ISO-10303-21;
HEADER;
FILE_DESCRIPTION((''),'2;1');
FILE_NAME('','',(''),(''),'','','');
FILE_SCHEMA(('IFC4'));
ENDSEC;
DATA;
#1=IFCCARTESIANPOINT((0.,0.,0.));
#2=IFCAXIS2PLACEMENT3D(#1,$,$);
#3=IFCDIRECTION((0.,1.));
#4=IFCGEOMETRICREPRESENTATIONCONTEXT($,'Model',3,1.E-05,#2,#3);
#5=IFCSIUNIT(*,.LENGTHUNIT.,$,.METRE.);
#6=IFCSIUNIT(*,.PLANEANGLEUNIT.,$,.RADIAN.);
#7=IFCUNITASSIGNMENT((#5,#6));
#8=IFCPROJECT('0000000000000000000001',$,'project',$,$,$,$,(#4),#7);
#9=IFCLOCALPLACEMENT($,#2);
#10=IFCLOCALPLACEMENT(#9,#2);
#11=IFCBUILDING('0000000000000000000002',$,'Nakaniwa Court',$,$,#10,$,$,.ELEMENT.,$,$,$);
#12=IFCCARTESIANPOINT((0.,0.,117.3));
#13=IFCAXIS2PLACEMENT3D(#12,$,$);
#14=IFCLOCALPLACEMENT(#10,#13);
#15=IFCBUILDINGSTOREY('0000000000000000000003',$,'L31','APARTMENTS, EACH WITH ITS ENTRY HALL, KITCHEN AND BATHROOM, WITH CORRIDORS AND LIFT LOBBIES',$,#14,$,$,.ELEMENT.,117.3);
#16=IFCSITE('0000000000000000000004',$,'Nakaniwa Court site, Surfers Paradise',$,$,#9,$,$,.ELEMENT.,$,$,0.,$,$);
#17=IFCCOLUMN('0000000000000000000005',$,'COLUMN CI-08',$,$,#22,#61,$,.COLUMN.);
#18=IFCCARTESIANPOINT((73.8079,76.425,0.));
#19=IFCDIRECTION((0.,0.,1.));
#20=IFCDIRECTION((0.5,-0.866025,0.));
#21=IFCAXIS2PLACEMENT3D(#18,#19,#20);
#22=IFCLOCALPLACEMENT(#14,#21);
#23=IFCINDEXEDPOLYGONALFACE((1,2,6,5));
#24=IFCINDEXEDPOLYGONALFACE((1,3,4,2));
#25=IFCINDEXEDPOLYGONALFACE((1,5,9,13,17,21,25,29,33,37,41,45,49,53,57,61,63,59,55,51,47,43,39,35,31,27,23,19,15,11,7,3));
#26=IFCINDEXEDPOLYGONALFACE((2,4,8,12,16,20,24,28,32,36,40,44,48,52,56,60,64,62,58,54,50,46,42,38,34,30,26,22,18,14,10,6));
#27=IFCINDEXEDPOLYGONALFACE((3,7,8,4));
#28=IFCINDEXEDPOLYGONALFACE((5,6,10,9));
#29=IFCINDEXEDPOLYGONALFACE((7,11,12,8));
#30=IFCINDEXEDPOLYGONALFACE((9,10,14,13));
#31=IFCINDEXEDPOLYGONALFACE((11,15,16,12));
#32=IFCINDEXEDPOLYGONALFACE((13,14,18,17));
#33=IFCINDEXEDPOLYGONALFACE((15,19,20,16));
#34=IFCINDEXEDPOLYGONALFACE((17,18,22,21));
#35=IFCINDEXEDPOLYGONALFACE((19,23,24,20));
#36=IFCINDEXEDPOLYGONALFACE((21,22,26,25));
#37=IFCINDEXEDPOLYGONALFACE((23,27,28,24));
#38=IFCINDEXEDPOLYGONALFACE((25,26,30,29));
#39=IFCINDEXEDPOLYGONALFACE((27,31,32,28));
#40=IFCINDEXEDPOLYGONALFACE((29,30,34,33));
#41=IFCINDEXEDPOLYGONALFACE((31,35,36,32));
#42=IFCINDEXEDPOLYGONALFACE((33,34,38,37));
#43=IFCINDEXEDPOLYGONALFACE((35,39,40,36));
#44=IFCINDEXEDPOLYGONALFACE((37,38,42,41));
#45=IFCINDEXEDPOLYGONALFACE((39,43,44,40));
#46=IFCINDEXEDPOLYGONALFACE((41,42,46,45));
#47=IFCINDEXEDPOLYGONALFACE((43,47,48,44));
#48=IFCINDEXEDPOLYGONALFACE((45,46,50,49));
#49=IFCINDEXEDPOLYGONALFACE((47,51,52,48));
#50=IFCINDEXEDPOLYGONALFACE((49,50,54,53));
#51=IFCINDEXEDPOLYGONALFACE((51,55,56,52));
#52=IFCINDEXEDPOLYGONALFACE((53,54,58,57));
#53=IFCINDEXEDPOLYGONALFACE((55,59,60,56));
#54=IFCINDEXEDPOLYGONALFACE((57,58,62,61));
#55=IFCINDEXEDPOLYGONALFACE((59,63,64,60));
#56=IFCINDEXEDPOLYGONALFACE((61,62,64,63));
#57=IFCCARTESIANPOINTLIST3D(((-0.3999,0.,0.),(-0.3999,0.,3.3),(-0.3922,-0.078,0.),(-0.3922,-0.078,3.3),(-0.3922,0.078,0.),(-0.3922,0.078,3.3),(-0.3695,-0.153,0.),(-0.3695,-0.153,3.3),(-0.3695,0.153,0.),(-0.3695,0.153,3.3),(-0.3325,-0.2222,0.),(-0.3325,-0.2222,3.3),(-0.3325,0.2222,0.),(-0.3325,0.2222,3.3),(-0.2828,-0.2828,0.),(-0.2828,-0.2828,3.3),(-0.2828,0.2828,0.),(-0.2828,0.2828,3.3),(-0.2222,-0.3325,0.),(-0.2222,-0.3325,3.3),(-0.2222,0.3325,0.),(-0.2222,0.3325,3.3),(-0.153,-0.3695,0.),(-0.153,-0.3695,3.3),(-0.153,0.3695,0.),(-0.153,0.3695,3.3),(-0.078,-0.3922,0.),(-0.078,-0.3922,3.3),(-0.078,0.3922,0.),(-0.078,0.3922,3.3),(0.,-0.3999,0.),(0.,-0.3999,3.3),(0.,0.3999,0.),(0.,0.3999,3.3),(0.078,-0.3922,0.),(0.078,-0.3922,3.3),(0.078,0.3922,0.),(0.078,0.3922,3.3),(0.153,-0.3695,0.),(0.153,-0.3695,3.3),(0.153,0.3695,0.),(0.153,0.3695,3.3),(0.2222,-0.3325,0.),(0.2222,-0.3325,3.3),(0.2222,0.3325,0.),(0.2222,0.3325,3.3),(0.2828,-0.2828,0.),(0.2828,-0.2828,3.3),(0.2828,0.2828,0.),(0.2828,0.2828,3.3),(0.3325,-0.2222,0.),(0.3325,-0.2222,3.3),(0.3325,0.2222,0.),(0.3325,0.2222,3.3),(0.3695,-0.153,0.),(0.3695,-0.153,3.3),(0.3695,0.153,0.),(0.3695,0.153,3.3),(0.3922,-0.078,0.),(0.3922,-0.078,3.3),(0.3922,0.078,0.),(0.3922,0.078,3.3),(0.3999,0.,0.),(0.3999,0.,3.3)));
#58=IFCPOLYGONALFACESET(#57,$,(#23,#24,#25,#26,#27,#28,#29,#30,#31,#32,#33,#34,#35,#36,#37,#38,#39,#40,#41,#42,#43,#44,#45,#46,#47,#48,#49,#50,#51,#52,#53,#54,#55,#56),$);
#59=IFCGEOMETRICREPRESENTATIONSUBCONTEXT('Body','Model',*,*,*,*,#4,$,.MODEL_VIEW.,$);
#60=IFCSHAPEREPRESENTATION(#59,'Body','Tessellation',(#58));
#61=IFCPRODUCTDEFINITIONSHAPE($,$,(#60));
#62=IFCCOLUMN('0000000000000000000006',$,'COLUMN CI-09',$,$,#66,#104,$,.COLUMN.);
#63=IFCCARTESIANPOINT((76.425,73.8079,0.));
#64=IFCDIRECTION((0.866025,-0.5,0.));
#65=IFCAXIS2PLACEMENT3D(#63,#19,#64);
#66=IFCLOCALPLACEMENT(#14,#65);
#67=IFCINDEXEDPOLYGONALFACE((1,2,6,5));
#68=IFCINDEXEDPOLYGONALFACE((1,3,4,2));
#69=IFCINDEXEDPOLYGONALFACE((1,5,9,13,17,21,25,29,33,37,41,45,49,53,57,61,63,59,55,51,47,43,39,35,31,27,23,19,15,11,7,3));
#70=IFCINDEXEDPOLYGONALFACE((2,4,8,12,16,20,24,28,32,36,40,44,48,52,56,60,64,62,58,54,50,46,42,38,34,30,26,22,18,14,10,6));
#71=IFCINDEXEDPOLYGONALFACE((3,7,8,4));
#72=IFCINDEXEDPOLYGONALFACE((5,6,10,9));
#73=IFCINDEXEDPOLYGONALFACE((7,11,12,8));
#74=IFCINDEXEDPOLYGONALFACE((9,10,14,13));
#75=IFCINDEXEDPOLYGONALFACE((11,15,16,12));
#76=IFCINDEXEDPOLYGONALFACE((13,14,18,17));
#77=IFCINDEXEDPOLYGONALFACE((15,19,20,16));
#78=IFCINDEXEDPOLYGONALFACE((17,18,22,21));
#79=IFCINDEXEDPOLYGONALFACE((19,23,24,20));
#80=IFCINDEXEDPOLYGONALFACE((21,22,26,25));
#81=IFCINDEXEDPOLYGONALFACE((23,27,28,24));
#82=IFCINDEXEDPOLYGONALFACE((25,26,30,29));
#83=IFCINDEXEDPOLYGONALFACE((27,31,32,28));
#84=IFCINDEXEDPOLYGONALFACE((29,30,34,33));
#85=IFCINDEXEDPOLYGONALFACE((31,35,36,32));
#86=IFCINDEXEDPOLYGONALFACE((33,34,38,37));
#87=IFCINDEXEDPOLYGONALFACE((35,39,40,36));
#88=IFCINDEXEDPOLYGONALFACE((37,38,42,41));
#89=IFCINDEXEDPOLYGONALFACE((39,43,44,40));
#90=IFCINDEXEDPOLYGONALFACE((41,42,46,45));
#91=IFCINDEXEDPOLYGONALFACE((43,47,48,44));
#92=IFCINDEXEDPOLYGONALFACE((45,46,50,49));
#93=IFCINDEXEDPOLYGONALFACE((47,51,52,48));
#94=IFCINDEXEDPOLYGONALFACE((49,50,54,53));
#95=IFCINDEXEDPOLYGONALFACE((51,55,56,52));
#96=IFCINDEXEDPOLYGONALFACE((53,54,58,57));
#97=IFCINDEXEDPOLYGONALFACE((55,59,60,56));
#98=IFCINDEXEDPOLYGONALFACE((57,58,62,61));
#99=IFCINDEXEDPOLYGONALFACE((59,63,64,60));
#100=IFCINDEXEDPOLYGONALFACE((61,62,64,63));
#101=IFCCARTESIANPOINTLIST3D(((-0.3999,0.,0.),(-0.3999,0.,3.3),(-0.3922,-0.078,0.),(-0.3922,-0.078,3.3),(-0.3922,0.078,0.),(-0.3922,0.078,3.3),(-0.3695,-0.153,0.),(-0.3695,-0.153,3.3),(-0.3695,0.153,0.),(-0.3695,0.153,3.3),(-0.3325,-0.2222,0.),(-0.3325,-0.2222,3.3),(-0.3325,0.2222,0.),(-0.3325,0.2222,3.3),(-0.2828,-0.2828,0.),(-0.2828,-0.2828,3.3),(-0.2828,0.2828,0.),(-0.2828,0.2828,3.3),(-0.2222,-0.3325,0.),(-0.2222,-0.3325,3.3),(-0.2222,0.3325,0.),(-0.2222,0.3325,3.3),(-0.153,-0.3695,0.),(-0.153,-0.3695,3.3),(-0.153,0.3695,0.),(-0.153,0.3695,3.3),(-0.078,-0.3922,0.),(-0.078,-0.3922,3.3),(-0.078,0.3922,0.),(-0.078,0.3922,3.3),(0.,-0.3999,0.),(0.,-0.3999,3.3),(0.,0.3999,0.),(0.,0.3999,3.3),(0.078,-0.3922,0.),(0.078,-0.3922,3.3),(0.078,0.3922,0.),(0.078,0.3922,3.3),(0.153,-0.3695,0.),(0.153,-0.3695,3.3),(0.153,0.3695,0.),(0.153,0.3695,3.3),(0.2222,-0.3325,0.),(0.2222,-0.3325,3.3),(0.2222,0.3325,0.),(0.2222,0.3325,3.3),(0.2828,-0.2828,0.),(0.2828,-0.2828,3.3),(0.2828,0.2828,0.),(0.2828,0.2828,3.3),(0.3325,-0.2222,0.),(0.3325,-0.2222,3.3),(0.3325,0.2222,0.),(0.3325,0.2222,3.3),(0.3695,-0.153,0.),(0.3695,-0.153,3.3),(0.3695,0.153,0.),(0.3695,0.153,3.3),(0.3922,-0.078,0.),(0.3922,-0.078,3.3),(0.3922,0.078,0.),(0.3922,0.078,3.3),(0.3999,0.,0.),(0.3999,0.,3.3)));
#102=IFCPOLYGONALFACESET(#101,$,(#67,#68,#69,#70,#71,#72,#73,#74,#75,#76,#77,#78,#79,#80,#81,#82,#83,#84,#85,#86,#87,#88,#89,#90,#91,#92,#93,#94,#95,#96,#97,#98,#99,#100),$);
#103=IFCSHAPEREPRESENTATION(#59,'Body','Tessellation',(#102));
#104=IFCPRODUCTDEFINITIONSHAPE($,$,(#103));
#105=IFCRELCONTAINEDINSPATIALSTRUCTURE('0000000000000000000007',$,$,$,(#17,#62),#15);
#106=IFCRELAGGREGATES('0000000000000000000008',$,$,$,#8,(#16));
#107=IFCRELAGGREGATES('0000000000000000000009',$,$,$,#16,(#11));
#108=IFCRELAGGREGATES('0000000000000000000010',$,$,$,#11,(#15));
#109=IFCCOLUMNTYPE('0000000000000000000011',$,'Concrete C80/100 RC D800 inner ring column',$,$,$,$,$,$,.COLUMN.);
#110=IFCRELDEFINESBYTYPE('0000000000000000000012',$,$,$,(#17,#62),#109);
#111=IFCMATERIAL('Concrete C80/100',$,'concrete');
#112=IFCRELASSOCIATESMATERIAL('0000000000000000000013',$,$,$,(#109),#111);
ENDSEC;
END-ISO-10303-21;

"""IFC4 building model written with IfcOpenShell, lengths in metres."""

from ifc_helpers import new_model, si_unit, direction, frame, origin, origin_2d, place, context, subcontext, project, spatial, circle, extrude, material, material_profile, profile_set, type_object, element, save


model = new_model("IFC4")

# Units and contexts
model_context = context("Model", 3, precision=1e-05, world=origin(), true_north=direction((0.0, 1.0)))
body_context = subcontext(model_context, "Body", "Model", "MODEL_VIEW")
ifc_project = project(units=[si_unit("LENGTHUNIT", "METRE"), si_unit("PLANEANGLEUNIT", "RADIAN")], contexts=[model_context])

# Site, building, storey
site_placement = place(None, origin())
site = spatial("IfcSite", under=ifc_project, at=site_placement, Name="Nakaniwa Court site, Surfers Paradise", CompositionType="ELEMENT", RefElevation=0.0)
building_placement = place(site_placement, origin())
building = spatial("IfcBuilding", under=site, at=building_placement, Name="Nakaniwa Court", CompositionType="ELEMENT")
storey_placement = place(building_placement, frame((0.0, 0.0, 117.3)))
storey = spatial("IfcBuildingStorey", under=building, at=storey_placement, Name="L31", Description="APARTMENTS, EACH WITH ITS ENTRY HALL, KITCHEN AND BATHROOM, WITH CORRIDORS AND LIFT LOBBIES", CompositionType="ELEMENT", Elevation=117.3)

# Columns
ifc_material_1 = material(Name="Concrete C80/100", Category="concrete")
ifc_material_profile_1 = material_profile(ifc_material_1, circle(Radius=0.3999, at=origin_2d()), Name="Concrete C80/100 RC D800 inner ring column")
ifc_profile_set_1 = profile_set([ifc_material_profile_1], Name="Concrete C80/100")
column_type_1 = type_object("IfcColumnType", Name="Concrete C80/100 RC D800 inner ring column", PredefinedType="COLUMN", material=ifc_profile_set_1)
for number, where, z_axis, x_axis, name in (
    (1, (73.8079, 76.425, 0.0), (0.0, 0.0, 1.0), (0.5, -0.866025, 0.0), "COLUMN CI-08"),
    (2, (76.425, 73.8079, 0.0), (0.0, 0.0, 1.0), (0.866025, -0.5, 0.0), "COLUMN CI-09"),
):
    element("IfcColumn", number, at=place(storey_placement, frame(where, z_axis=z_axis, x_axis=x_axis)), inside=storey, type_object=column_type_1, Name=name, PredefinedType="COLUMN", context=body_context, shape_type="SweptSolid", body=[
        extrude(circle(Radius=0.3999, at=origin_2d()), origin(), (0.0, 0.0, 1.0), 3.3),
    ])

save(model, "model.ifc")
